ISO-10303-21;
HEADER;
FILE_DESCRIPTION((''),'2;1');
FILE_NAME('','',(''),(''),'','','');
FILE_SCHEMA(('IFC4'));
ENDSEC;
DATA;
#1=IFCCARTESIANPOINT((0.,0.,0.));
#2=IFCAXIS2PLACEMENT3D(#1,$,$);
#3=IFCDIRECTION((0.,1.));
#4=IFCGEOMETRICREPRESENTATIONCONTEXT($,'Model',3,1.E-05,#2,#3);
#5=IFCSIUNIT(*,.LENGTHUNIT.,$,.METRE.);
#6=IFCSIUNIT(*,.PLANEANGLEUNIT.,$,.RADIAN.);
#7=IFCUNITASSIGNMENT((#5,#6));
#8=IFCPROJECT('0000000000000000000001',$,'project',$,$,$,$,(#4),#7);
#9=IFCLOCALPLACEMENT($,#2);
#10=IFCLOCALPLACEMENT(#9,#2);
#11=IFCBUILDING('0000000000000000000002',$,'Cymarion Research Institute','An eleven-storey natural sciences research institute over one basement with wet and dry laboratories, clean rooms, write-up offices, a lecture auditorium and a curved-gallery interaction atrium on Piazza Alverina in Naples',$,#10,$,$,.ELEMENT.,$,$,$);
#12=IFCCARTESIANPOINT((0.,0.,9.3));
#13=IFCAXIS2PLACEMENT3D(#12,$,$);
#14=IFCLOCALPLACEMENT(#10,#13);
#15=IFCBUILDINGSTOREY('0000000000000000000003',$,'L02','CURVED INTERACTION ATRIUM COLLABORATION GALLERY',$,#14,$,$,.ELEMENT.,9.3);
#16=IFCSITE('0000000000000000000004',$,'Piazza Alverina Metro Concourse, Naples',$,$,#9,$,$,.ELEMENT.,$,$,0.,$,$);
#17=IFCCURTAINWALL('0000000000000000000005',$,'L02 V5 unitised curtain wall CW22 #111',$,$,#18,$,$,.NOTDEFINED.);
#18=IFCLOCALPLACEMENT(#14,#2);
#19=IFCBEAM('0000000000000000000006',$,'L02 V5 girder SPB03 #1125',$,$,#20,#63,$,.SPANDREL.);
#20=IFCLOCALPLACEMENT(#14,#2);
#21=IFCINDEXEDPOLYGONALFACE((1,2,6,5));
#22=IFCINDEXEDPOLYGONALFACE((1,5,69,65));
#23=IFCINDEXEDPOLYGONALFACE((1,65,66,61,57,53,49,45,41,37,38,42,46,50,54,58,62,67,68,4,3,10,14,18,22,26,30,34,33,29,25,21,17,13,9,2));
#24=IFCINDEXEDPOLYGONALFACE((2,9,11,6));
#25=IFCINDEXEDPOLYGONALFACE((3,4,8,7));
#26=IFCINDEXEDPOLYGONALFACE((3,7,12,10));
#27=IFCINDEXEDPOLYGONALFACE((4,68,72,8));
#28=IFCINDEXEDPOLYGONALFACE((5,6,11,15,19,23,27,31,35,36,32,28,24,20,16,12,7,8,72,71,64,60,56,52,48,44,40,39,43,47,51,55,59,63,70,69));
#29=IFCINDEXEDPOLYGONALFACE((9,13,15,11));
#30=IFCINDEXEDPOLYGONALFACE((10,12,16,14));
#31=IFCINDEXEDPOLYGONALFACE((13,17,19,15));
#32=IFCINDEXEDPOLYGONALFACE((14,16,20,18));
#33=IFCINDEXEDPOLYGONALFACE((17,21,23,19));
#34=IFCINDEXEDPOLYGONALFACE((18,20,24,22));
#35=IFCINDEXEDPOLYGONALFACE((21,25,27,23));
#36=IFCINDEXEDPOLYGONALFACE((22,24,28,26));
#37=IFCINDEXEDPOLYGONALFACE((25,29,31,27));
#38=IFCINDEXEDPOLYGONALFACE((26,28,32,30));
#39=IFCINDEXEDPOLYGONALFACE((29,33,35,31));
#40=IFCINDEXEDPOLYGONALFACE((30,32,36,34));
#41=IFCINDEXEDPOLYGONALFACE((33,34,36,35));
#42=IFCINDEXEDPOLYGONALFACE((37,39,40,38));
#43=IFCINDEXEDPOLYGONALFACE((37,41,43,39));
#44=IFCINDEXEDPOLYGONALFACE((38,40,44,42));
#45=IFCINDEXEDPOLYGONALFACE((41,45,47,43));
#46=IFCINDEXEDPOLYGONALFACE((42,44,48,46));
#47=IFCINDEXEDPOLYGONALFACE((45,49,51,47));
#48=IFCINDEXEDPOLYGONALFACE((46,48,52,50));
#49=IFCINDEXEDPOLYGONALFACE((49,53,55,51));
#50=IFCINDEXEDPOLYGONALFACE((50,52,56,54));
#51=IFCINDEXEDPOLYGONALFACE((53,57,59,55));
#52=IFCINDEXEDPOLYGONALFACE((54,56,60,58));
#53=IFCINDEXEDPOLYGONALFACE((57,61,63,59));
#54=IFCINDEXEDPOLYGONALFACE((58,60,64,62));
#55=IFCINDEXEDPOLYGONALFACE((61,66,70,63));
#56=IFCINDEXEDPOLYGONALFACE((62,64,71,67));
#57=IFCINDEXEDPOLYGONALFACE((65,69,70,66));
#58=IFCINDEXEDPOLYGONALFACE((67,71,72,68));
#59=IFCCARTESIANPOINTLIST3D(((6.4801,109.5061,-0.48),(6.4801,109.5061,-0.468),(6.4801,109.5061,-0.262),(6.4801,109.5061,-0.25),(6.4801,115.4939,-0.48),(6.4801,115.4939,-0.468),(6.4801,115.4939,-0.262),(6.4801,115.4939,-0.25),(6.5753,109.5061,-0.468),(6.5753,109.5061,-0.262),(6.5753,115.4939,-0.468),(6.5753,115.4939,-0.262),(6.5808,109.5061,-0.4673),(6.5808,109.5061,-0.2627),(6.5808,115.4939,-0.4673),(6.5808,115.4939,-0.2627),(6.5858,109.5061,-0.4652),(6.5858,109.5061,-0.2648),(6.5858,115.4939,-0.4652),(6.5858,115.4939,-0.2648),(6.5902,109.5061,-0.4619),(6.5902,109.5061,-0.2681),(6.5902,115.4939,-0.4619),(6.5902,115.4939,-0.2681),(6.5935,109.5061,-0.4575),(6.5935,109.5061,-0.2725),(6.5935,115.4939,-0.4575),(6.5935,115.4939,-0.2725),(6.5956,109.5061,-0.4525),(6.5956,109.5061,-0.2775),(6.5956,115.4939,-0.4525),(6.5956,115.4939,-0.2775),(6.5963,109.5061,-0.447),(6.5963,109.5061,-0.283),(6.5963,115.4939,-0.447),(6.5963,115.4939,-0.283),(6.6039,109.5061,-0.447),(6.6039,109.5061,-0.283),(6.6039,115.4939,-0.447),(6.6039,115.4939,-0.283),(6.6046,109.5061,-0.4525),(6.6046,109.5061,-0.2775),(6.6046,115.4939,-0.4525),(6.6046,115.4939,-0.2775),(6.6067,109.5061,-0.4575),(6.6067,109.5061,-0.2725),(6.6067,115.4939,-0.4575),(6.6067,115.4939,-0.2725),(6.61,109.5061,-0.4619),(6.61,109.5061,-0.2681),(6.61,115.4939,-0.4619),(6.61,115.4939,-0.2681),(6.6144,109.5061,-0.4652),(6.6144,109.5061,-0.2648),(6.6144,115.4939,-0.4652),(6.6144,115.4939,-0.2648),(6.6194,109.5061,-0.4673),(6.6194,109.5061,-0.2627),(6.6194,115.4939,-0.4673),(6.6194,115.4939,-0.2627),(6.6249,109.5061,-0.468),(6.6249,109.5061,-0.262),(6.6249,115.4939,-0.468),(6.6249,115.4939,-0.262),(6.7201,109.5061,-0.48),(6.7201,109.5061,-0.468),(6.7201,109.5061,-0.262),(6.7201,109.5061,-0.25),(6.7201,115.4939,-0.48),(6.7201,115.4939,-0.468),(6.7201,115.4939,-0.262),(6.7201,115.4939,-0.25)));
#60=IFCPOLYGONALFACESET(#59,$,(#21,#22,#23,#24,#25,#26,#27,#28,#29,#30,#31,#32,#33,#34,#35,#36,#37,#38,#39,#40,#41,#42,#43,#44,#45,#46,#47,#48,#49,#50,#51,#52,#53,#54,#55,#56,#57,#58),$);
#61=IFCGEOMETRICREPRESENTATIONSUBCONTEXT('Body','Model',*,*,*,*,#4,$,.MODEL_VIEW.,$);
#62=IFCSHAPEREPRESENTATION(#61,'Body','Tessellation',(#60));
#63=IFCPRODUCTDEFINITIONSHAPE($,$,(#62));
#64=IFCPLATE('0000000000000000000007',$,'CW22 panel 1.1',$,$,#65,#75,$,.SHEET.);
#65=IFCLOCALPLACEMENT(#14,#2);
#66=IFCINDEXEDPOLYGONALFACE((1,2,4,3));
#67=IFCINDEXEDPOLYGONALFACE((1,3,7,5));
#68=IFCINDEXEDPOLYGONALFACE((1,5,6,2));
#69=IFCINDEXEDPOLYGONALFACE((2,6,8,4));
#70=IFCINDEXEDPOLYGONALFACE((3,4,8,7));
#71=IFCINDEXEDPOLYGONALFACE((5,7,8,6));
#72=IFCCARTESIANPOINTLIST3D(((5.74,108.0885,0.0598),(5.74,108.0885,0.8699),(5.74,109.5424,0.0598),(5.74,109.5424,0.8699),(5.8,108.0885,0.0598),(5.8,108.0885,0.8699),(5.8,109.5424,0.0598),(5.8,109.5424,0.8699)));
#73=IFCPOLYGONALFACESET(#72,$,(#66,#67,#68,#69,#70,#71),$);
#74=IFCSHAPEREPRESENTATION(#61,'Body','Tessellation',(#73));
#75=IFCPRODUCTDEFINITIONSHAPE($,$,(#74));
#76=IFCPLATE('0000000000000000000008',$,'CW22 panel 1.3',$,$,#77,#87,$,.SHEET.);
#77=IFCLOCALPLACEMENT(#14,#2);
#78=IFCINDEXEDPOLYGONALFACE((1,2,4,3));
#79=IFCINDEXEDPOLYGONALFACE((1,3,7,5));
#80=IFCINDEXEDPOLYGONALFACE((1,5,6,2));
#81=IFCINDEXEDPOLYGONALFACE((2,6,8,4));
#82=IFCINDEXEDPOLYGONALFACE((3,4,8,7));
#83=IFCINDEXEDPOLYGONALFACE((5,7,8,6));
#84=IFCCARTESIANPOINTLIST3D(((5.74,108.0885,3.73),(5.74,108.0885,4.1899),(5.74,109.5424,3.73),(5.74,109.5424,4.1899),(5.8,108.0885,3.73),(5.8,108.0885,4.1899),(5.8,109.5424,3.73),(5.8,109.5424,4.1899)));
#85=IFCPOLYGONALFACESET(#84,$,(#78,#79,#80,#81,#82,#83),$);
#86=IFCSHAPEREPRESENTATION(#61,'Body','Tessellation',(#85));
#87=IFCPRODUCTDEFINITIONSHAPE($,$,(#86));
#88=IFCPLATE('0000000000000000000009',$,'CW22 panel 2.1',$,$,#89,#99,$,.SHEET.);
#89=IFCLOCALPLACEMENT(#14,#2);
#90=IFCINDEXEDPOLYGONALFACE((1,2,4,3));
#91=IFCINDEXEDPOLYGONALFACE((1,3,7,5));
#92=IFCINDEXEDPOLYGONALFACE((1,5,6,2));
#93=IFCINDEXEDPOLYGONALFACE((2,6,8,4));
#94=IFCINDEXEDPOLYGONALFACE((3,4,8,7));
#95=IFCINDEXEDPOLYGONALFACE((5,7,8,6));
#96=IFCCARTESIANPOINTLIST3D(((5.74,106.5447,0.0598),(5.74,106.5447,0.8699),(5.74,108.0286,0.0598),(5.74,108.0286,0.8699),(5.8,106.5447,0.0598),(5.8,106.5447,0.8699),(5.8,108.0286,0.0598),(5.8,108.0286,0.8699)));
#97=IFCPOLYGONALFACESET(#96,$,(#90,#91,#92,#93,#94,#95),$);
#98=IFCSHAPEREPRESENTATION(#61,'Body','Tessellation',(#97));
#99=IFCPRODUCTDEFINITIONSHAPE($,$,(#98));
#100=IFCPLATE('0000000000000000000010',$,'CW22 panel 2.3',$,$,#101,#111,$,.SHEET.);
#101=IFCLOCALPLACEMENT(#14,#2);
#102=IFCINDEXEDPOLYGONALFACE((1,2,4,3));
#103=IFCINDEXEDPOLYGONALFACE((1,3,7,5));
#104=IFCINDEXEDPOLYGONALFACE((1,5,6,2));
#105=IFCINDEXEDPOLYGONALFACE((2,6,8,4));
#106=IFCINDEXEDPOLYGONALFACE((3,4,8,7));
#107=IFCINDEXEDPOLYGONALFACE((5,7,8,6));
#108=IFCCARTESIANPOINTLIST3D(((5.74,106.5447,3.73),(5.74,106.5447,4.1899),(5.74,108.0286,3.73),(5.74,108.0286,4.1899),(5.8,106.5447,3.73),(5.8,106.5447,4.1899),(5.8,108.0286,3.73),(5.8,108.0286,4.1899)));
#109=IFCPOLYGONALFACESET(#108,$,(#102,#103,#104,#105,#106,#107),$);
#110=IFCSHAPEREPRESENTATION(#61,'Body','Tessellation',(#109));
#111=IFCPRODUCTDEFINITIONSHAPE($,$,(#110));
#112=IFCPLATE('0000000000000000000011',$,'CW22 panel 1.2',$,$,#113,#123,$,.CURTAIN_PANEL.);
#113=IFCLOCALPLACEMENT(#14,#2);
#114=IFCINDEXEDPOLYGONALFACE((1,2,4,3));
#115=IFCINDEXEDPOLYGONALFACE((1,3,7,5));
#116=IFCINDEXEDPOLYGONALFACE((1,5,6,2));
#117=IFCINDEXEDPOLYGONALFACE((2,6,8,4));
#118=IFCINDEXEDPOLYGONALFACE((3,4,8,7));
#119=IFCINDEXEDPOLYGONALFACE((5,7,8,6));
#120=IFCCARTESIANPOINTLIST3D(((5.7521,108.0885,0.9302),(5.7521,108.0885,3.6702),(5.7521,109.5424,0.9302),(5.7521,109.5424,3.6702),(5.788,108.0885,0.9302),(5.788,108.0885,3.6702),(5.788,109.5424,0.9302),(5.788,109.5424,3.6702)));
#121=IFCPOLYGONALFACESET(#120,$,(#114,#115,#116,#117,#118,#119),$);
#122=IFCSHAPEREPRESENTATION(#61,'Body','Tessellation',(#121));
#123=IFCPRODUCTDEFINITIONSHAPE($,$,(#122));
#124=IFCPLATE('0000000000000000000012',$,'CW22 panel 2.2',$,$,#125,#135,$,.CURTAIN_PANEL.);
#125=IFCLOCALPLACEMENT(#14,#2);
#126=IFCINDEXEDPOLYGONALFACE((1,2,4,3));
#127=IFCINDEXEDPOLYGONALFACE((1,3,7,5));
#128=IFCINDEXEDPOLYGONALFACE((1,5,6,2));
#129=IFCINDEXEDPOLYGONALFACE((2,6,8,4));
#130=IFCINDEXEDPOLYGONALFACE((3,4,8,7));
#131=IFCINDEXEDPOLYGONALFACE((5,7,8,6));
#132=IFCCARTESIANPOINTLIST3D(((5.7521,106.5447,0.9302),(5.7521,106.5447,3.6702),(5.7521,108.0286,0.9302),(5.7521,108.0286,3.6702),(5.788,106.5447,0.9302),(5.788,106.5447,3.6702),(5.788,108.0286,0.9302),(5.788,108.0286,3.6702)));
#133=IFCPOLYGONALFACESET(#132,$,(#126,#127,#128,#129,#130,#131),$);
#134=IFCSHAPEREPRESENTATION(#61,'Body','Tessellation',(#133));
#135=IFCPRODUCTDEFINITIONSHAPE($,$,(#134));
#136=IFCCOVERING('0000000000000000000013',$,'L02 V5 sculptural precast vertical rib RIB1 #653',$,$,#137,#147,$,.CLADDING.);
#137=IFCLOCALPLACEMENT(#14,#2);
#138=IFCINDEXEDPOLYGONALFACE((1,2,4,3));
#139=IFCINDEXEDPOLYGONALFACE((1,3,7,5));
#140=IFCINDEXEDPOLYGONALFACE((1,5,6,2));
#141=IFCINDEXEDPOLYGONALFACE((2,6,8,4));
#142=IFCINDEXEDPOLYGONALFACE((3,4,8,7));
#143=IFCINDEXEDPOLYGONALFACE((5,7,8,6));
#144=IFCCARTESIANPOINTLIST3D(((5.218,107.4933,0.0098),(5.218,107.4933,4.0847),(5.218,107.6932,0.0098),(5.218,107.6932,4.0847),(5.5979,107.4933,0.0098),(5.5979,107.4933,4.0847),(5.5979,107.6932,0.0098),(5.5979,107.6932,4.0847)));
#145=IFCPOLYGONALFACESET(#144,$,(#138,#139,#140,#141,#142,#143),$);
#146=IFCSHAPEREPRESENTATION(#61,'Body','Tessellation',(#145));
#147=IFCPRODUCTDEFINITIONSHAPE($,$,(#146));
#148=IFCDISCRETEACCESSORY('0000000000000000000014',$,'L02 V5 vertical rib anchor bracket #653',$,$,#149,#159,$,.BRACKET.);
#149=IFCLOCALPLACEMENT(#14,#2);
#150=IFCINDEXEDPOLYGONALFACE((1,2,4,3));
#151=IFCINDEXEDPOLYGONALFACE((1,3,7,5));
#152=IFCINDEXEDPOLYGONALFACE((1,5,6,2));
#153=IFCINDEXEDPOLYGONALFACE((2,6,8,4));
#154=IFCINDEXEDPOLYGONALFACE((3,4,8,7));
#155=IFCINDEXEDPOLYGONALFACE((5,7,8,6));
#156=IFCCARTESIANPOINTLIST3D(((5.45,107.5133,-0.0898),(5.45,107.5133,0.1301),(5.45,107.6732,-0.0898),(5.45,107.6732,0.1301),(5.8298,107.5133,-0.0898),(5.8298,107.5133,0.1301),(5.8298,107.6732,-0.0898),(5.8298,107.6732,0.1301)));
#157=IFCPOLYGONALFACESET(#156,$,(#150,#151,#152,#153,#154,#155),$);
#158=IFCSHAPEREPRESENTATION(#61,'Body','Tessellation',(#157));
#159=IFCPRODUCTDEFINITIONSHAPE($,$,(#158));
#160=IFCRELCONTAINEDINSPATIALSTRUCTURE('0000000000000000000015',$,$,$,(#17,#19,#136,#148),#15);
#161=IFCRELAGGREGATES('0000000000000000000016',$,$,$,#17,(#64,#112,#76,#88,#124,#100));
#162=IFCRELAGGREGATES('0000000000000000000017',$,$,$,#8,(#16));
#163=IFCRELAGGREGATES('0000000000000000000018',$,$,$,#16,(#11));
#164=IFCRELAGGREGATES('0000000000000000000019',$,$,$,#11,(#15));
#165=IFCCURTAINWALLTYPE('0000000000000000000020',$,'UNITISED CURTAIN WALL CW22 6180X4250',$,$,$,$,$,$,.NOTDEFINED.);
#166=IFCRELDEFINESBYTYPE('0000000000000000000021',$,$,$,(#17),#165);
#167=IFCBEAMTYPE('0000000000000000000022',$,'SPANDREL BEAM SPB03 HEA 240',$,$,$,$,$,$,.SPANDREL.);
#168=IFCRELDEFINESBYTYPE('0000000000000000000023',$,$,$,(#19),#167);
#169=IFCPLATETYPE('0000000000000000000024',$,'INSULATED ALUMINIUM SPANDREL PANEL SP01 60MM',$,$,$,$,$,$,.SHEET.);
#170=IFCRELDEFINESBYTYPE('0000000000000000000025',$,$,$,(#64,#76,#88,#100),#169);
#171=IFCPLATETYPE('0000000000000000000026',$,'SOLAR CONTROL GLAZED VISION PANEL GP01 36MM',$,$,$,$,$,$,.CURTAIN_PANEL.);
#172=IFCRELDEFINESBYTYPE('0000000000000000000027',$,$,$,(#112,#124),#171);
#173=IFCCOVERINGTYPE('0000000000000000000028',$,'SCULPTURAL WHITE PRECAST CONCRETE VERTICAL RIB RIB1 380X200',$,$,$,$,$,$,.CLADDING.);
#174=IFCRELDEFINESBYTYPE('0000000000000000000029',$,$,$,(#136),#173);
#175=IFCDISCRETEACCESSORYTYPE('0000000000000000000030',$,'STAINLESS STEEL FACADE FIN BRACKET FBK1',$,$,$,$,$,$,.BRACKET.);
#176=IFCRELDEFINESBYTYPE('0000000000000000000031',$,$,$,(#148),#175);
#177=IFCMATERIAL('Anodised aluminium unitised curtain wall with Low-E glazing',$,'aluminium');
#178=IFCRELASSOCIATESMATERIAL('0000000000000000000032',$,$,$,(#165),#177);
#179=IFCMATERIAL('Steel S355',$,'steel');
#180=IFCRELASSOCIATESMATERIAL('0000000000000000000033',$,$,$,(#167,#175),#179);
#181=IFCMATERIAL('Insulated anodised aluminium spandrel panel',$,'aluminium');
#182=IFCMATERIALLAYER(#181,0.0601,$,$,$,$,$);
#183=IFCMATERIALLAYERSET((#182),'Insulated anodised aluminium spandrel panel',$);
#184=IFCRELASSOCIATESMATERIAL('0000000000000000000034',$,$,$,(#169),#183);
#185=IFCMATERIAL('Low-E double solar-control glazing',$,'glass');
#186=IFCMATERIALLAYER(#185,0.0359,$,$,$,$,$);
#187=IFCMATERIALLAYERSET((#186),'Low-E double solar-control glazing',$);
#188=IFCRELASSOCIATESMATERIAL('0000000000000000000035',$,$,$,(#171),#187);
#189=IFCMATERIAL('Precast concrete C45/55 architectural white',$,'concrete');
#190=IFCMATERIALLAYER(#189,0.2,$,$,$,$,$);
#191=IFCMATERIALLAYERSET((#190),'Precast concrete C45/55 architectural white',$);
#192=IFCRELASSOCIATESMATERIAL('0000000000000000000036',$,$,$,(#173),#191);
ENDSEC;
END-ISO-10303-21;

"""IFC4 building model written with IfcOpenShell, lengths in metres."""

from ifc_helpers import new_model, si_unit, direction, frame, origin, origin_2d, place, context, subcontext, project, spatial, rectangle, i_section, extrude, material, layer, layer_set, material_profile, profile_set, type_object, element, aggregate, save


model = new_model("IFC4")

# Units and contexts
model_context = context("Model", 3, precision=1e-05, world=origin(), true_north=direction((0.0, 1.0)))
body_context = subcontext(model_context, "Body", "Model", "MODEL_VIEW")
ifc_project = project(units=[si_unit("LENGTHUNIT", "METRE"), si_unit("PLANEANGLEUNIT", "RADIAN")], contexts=[model_context])

# Site, building, storey
site_placement = place(None, origin())
site = spatial("IfcSite", under=ifc_project, at=site_placement, Name="Piazza Alverina Metro Concourse, Naples", CompositionType="ELEMENT", RefElevation=0.0)
building_placement = place(site_placement, origin())
building = spatial("IfcBuilding", under=site, at=building_placement, Name="Cymarion Research Institute", Description="An eleven-storey natural sciences research institute over one basement with wet and dry laboratories, clean rooms, write-up offices, a lecture auditorium and a curved-gallery interaction atrium on Piazza Alverina in Naples", CompositionType="ELEMENT")
storey_placement = place(building_placement, frame((0.0, 0.0, 9.3)))
storey = spatial("IfcBuildingStorey", under=building, at=storey_placement, Name="L02", Description="CURVED INTERACTION ATRIUM COLLABORATION GALLERY", CompositionType="ELEMENT", Elevation=9.3)

# Shared definitions
ifc_material_1 = material(Name="Steel S355", Category="steel")

# Curtain wall
ifc_material_2 = material(Name="Anodised aluminium unitised curtain wall with Low-E glazing", Category="aluminium")
curtain_wall_type = type_object("IfcCurtainWallType", Name="UNITISED CURTAIN WALL CW22 6180X4250", PredefinedType="NOTDEFINED", material=ifc_material_2)
curtain_wall_placement = place(storey_placement, origin())
curtain_wall = element("IfcCurtainWall", 1, at=curtain_wall_placement, inside=storey, type_object=curtain_wall_type, Name="L02 V5 unitised curtain wall CW22 #111", PredefinedType="NOTDEFINED")

# Beam
ifc_material_profile_1 = material_profile(ifc_material_1, i_section(OverallWidth=0.24, OverallDepth=0.23, WebThickness=0.0076, FlangeThickness=0.012, FilletRadius=0.021, at=origin_2d()), Name="HEA 240")
ifc_profile_set_1 = profile_set([ifc_material_profile_1], Name="Steel S355")
beam_type_1 = type_object("IfcBeamType", Name="SPANDREL BEAM SPB03 HEA 240", PredefinedType="SPANDREL", material=ifc_profile_set_1)
beam_1_placement = place(storey_placement, frame((6.6001, 109.5061, -0.365), z_axis=(0.0, 1.0, 0.0), x_axis=(-1.0, 0.0, 0.0)))
element("IfcBeam", 2, at=beam_1_placement, inside=storey, type_object=beam_type_1, Name="L02 V5 girder SPB03 #1125", PredefinedType="SPANDREL", context=body_context, shape_type="SweptSolid", body=[
    extrude(i_section(OverallWidth=0.24, OverallDepth=0.23, WebThickness=0.0076, FlangeThickness=0.012, FilletRadius=0.021, at=origin_2d()), origin(), (0.0, 0.0, 1.0), 5.9878),
])

# Plates
ifc_material_3 = material(Name="Insulated anodised aluminium spandrel panel", Category="aluminium")
ifc_layer_1 = layer(ifc_material_3, 0.0601)
ifc_layer_set_1 = layer_set([ifc_layer_1], Name="Insulated anodised aluminium spandrel panel")
plate_type_1 = type_object("IfcPlateType", Name="INSULATED ALUMINIUM SPANDREL PANEL SP01 60MM", PredefinedType="SHEET", material=ifc_layer_set_1)
plate_1_placement = place(storey_placement, frame((5.77, 108.8154, 0.0598), z_axis=(0.0, 0.0, 1.0), x_axis=(0.0, -1.0, 0.0)))
plate_1 = element("IfcPlate", 3, at=plate_1_placement, type_object=plate_type_1, Name="CW22 panel 1.1", PredefinedType="SHEET", context=body_context, shape_type="SweptSolid", body=[
    extrude(rectangle(XDim=1.4539, YDim=0.0601, at=origin_2d()), origin(), (0.0, 0.0, 1.0), 0.8101),
])
plate_2_placement = place(storey_placement, frame((5.77, 108.8154, 3.73), z_axis=(0.0, 0.0, 1.0), x_axis=(0.0, -1.0, 0.0)))
plate_2 = element("IfcPlate", 4, at=plate_2_placement, type_object=plate_type_1, Name="CW22 panel 1.3", PredefinedType="SHEET", context=body_context, shape_type="SweptSolid", body=[
    extrude(rectangle(XDim=1.4539, YDim=0.0601, at=origin_2d()), origin(), (0.0, 0.0, 1.0), 0.46),
])
plate_3_placement = place(storey_placement, frame((5.77, 107.2866, 0.0598), z_axis=(0.0, 0.0, 1.0), x_axis=(0.0, -1.0, 0.0)))
plate_3 = element("IfcPlate", 5, at=plate_3_placement, type_object=plate_type_1, Name="CW22 panel 2.1", PredefinedType="SHEET", context=body_context, shape_type="SweptSolid", body=[
    extrude(rectangle(XDim=1.4839, YDim=0.0601, at=origin_2d()), origin(), (0.0, 0.0, 1.0), 0.8101),
])
plate_4_placement = place(storey_placement, frame((5.77, 107.2866, 3.73), z_axis=(0.0, 0.0, 1.0), x_axis=(0.0, -1.0, 0.0)))
plate_4 = element("IfcPlate", 6, at=plate_4_placement, type_object=plate_type_1, Name="CW22 panel 2.3", PredefinedType="SHEET", context=body_context, shape_type="SweptSolid", body=[
    extrude(rectangle(XDim=1.4839, YDim=0.0601, at=origin_2d()), origin(), (0.0, 0.0, 1.0), 0.46),
])
ifc_material_4 = material(Name="Low-E double solar-control glazing", Category="glass")
ifc_layer_2 = layer(ifc_material_4, 0.0359)
ifc_layer_set_2 = layer_set([ifc_layer_2], Name="Low-E double solar-control glazing")
plate_type_2 = type_object("IfcPlateType", Name="SOLAR CONTROL GLAZED VISION PANEL GP01 36MM", PredefinedType="CURTAIN_PANEL", material=ifc_layer_set_2)
plate_5_placement = place(storey_placement, frame((5.77, 108.8154, 0.9302), z_axis=(0.0, 0.0, 1.0), x_axis=(0.0, -1.0, 0.0)))
plate_5 = element("IfcPlate", 7, at=plate_5_placement, type_object=plate_type_2, Name="CW22 panel 1.2", PredefinedType="CURTAIN_PANEL", context=body_context, shape_type="SweptSolid", body=[
    extrude(rectangle(XDim=1.4539, YDim=0.0359, at=origin_2d()), origin(), (0.0, 0.0, 1.0), 2.74),
])
plate_6_placement = place(storey_placement, frame((5.77, 107.2866, 0.9302), z_axis=(0.0, 0.0, 1.0), x_axis=(0.0, -1.0, 0.0)))
plate_6 = element("IfcPlate", 8, at=plate_6_placement, type_object=plate_type_2, Name="CW22 panel 2.2", PredefinedType="CURTAIN_PANEL", context=body_context, shape_type="SweptSolid", body=[
    extrude(rectangle(XDim=1.4839, YDim=0.0359, at=origin_2d()), origin(), (0.0, 0.0, 1.0), 2.74),
])
aggregate(curtain_wall, [plate_1, plate_5, plate_2, plate_3, plate_6, plate_4])

# Covering
ifc_material_5 = material(Name="Precast concrete C45/55 architectural white", Category="concrete")
ifc_layer_3 = layer(ifc_material_5, 0.2)
ifc_layer_set_3 = layer_set([ifc_layer_3], Name="Precast concrete C45/55 architectural white")
covering_type = type_object("IfcCoveringType", Name="SCULPTURAL WHITE PRECAST CONCRETE VERTICAL RIB RIB1 380X200", PredefinedType="CLADDING", material=ifc_layer_set_3)
covering_placement = place(storey_placement, frame((5.408, 107.5933, 0.0098), z_axis=(0.0, 0.0, 1.0), x_axis=(-1.0, 0.0, 0.0)))
element("IfcCovering", 9, at=covering_placement, inside=storey, type_object=covering_type, Name="L02 V5 sculptural precast vertical rib RIB1 #653", PredefinedType="CLADDING", context=body_context, shape_type="SweptSolid", body=[
    extrude(rectangle(XDim=0.3799, YDim=0.2, at=origin_2d()), origin(), (0.0, 0.0, 1.0), 4.075),
])

# Discrete accessory
discrete_accessory_type = type_object("IfcDiscreteAccessoryType", Name="STAINLESS STEEL FACADE FIN BRACKET FBK1", PredefinedType="BRACKET", material=ifc_material_1)
discrete_accessory_placement = place(storey_placement, frame((5.6399, 107.5933, -0.0898), z_axis=(0.0, 0.0, 1.0), x_axis=(-1.0, 0.0, 0.0)))
element("IfcDiscreteAccessory", 10, at=discrete_accessory_placement, inside=storey, type_object=discrete_accessory_type, Name="L02 V5 vertical rib anchor bracket #653", PredefinedType="BRACKET", context=body_context, shape_type="SweptSolid", body=[
    extrude(rectangle(XDim=0.3799, YDim=0.1599, at=origin_2d()), origin(), (0.0, 0.0, 1.0), 0.22),
])

save(model, "model.ifc")
